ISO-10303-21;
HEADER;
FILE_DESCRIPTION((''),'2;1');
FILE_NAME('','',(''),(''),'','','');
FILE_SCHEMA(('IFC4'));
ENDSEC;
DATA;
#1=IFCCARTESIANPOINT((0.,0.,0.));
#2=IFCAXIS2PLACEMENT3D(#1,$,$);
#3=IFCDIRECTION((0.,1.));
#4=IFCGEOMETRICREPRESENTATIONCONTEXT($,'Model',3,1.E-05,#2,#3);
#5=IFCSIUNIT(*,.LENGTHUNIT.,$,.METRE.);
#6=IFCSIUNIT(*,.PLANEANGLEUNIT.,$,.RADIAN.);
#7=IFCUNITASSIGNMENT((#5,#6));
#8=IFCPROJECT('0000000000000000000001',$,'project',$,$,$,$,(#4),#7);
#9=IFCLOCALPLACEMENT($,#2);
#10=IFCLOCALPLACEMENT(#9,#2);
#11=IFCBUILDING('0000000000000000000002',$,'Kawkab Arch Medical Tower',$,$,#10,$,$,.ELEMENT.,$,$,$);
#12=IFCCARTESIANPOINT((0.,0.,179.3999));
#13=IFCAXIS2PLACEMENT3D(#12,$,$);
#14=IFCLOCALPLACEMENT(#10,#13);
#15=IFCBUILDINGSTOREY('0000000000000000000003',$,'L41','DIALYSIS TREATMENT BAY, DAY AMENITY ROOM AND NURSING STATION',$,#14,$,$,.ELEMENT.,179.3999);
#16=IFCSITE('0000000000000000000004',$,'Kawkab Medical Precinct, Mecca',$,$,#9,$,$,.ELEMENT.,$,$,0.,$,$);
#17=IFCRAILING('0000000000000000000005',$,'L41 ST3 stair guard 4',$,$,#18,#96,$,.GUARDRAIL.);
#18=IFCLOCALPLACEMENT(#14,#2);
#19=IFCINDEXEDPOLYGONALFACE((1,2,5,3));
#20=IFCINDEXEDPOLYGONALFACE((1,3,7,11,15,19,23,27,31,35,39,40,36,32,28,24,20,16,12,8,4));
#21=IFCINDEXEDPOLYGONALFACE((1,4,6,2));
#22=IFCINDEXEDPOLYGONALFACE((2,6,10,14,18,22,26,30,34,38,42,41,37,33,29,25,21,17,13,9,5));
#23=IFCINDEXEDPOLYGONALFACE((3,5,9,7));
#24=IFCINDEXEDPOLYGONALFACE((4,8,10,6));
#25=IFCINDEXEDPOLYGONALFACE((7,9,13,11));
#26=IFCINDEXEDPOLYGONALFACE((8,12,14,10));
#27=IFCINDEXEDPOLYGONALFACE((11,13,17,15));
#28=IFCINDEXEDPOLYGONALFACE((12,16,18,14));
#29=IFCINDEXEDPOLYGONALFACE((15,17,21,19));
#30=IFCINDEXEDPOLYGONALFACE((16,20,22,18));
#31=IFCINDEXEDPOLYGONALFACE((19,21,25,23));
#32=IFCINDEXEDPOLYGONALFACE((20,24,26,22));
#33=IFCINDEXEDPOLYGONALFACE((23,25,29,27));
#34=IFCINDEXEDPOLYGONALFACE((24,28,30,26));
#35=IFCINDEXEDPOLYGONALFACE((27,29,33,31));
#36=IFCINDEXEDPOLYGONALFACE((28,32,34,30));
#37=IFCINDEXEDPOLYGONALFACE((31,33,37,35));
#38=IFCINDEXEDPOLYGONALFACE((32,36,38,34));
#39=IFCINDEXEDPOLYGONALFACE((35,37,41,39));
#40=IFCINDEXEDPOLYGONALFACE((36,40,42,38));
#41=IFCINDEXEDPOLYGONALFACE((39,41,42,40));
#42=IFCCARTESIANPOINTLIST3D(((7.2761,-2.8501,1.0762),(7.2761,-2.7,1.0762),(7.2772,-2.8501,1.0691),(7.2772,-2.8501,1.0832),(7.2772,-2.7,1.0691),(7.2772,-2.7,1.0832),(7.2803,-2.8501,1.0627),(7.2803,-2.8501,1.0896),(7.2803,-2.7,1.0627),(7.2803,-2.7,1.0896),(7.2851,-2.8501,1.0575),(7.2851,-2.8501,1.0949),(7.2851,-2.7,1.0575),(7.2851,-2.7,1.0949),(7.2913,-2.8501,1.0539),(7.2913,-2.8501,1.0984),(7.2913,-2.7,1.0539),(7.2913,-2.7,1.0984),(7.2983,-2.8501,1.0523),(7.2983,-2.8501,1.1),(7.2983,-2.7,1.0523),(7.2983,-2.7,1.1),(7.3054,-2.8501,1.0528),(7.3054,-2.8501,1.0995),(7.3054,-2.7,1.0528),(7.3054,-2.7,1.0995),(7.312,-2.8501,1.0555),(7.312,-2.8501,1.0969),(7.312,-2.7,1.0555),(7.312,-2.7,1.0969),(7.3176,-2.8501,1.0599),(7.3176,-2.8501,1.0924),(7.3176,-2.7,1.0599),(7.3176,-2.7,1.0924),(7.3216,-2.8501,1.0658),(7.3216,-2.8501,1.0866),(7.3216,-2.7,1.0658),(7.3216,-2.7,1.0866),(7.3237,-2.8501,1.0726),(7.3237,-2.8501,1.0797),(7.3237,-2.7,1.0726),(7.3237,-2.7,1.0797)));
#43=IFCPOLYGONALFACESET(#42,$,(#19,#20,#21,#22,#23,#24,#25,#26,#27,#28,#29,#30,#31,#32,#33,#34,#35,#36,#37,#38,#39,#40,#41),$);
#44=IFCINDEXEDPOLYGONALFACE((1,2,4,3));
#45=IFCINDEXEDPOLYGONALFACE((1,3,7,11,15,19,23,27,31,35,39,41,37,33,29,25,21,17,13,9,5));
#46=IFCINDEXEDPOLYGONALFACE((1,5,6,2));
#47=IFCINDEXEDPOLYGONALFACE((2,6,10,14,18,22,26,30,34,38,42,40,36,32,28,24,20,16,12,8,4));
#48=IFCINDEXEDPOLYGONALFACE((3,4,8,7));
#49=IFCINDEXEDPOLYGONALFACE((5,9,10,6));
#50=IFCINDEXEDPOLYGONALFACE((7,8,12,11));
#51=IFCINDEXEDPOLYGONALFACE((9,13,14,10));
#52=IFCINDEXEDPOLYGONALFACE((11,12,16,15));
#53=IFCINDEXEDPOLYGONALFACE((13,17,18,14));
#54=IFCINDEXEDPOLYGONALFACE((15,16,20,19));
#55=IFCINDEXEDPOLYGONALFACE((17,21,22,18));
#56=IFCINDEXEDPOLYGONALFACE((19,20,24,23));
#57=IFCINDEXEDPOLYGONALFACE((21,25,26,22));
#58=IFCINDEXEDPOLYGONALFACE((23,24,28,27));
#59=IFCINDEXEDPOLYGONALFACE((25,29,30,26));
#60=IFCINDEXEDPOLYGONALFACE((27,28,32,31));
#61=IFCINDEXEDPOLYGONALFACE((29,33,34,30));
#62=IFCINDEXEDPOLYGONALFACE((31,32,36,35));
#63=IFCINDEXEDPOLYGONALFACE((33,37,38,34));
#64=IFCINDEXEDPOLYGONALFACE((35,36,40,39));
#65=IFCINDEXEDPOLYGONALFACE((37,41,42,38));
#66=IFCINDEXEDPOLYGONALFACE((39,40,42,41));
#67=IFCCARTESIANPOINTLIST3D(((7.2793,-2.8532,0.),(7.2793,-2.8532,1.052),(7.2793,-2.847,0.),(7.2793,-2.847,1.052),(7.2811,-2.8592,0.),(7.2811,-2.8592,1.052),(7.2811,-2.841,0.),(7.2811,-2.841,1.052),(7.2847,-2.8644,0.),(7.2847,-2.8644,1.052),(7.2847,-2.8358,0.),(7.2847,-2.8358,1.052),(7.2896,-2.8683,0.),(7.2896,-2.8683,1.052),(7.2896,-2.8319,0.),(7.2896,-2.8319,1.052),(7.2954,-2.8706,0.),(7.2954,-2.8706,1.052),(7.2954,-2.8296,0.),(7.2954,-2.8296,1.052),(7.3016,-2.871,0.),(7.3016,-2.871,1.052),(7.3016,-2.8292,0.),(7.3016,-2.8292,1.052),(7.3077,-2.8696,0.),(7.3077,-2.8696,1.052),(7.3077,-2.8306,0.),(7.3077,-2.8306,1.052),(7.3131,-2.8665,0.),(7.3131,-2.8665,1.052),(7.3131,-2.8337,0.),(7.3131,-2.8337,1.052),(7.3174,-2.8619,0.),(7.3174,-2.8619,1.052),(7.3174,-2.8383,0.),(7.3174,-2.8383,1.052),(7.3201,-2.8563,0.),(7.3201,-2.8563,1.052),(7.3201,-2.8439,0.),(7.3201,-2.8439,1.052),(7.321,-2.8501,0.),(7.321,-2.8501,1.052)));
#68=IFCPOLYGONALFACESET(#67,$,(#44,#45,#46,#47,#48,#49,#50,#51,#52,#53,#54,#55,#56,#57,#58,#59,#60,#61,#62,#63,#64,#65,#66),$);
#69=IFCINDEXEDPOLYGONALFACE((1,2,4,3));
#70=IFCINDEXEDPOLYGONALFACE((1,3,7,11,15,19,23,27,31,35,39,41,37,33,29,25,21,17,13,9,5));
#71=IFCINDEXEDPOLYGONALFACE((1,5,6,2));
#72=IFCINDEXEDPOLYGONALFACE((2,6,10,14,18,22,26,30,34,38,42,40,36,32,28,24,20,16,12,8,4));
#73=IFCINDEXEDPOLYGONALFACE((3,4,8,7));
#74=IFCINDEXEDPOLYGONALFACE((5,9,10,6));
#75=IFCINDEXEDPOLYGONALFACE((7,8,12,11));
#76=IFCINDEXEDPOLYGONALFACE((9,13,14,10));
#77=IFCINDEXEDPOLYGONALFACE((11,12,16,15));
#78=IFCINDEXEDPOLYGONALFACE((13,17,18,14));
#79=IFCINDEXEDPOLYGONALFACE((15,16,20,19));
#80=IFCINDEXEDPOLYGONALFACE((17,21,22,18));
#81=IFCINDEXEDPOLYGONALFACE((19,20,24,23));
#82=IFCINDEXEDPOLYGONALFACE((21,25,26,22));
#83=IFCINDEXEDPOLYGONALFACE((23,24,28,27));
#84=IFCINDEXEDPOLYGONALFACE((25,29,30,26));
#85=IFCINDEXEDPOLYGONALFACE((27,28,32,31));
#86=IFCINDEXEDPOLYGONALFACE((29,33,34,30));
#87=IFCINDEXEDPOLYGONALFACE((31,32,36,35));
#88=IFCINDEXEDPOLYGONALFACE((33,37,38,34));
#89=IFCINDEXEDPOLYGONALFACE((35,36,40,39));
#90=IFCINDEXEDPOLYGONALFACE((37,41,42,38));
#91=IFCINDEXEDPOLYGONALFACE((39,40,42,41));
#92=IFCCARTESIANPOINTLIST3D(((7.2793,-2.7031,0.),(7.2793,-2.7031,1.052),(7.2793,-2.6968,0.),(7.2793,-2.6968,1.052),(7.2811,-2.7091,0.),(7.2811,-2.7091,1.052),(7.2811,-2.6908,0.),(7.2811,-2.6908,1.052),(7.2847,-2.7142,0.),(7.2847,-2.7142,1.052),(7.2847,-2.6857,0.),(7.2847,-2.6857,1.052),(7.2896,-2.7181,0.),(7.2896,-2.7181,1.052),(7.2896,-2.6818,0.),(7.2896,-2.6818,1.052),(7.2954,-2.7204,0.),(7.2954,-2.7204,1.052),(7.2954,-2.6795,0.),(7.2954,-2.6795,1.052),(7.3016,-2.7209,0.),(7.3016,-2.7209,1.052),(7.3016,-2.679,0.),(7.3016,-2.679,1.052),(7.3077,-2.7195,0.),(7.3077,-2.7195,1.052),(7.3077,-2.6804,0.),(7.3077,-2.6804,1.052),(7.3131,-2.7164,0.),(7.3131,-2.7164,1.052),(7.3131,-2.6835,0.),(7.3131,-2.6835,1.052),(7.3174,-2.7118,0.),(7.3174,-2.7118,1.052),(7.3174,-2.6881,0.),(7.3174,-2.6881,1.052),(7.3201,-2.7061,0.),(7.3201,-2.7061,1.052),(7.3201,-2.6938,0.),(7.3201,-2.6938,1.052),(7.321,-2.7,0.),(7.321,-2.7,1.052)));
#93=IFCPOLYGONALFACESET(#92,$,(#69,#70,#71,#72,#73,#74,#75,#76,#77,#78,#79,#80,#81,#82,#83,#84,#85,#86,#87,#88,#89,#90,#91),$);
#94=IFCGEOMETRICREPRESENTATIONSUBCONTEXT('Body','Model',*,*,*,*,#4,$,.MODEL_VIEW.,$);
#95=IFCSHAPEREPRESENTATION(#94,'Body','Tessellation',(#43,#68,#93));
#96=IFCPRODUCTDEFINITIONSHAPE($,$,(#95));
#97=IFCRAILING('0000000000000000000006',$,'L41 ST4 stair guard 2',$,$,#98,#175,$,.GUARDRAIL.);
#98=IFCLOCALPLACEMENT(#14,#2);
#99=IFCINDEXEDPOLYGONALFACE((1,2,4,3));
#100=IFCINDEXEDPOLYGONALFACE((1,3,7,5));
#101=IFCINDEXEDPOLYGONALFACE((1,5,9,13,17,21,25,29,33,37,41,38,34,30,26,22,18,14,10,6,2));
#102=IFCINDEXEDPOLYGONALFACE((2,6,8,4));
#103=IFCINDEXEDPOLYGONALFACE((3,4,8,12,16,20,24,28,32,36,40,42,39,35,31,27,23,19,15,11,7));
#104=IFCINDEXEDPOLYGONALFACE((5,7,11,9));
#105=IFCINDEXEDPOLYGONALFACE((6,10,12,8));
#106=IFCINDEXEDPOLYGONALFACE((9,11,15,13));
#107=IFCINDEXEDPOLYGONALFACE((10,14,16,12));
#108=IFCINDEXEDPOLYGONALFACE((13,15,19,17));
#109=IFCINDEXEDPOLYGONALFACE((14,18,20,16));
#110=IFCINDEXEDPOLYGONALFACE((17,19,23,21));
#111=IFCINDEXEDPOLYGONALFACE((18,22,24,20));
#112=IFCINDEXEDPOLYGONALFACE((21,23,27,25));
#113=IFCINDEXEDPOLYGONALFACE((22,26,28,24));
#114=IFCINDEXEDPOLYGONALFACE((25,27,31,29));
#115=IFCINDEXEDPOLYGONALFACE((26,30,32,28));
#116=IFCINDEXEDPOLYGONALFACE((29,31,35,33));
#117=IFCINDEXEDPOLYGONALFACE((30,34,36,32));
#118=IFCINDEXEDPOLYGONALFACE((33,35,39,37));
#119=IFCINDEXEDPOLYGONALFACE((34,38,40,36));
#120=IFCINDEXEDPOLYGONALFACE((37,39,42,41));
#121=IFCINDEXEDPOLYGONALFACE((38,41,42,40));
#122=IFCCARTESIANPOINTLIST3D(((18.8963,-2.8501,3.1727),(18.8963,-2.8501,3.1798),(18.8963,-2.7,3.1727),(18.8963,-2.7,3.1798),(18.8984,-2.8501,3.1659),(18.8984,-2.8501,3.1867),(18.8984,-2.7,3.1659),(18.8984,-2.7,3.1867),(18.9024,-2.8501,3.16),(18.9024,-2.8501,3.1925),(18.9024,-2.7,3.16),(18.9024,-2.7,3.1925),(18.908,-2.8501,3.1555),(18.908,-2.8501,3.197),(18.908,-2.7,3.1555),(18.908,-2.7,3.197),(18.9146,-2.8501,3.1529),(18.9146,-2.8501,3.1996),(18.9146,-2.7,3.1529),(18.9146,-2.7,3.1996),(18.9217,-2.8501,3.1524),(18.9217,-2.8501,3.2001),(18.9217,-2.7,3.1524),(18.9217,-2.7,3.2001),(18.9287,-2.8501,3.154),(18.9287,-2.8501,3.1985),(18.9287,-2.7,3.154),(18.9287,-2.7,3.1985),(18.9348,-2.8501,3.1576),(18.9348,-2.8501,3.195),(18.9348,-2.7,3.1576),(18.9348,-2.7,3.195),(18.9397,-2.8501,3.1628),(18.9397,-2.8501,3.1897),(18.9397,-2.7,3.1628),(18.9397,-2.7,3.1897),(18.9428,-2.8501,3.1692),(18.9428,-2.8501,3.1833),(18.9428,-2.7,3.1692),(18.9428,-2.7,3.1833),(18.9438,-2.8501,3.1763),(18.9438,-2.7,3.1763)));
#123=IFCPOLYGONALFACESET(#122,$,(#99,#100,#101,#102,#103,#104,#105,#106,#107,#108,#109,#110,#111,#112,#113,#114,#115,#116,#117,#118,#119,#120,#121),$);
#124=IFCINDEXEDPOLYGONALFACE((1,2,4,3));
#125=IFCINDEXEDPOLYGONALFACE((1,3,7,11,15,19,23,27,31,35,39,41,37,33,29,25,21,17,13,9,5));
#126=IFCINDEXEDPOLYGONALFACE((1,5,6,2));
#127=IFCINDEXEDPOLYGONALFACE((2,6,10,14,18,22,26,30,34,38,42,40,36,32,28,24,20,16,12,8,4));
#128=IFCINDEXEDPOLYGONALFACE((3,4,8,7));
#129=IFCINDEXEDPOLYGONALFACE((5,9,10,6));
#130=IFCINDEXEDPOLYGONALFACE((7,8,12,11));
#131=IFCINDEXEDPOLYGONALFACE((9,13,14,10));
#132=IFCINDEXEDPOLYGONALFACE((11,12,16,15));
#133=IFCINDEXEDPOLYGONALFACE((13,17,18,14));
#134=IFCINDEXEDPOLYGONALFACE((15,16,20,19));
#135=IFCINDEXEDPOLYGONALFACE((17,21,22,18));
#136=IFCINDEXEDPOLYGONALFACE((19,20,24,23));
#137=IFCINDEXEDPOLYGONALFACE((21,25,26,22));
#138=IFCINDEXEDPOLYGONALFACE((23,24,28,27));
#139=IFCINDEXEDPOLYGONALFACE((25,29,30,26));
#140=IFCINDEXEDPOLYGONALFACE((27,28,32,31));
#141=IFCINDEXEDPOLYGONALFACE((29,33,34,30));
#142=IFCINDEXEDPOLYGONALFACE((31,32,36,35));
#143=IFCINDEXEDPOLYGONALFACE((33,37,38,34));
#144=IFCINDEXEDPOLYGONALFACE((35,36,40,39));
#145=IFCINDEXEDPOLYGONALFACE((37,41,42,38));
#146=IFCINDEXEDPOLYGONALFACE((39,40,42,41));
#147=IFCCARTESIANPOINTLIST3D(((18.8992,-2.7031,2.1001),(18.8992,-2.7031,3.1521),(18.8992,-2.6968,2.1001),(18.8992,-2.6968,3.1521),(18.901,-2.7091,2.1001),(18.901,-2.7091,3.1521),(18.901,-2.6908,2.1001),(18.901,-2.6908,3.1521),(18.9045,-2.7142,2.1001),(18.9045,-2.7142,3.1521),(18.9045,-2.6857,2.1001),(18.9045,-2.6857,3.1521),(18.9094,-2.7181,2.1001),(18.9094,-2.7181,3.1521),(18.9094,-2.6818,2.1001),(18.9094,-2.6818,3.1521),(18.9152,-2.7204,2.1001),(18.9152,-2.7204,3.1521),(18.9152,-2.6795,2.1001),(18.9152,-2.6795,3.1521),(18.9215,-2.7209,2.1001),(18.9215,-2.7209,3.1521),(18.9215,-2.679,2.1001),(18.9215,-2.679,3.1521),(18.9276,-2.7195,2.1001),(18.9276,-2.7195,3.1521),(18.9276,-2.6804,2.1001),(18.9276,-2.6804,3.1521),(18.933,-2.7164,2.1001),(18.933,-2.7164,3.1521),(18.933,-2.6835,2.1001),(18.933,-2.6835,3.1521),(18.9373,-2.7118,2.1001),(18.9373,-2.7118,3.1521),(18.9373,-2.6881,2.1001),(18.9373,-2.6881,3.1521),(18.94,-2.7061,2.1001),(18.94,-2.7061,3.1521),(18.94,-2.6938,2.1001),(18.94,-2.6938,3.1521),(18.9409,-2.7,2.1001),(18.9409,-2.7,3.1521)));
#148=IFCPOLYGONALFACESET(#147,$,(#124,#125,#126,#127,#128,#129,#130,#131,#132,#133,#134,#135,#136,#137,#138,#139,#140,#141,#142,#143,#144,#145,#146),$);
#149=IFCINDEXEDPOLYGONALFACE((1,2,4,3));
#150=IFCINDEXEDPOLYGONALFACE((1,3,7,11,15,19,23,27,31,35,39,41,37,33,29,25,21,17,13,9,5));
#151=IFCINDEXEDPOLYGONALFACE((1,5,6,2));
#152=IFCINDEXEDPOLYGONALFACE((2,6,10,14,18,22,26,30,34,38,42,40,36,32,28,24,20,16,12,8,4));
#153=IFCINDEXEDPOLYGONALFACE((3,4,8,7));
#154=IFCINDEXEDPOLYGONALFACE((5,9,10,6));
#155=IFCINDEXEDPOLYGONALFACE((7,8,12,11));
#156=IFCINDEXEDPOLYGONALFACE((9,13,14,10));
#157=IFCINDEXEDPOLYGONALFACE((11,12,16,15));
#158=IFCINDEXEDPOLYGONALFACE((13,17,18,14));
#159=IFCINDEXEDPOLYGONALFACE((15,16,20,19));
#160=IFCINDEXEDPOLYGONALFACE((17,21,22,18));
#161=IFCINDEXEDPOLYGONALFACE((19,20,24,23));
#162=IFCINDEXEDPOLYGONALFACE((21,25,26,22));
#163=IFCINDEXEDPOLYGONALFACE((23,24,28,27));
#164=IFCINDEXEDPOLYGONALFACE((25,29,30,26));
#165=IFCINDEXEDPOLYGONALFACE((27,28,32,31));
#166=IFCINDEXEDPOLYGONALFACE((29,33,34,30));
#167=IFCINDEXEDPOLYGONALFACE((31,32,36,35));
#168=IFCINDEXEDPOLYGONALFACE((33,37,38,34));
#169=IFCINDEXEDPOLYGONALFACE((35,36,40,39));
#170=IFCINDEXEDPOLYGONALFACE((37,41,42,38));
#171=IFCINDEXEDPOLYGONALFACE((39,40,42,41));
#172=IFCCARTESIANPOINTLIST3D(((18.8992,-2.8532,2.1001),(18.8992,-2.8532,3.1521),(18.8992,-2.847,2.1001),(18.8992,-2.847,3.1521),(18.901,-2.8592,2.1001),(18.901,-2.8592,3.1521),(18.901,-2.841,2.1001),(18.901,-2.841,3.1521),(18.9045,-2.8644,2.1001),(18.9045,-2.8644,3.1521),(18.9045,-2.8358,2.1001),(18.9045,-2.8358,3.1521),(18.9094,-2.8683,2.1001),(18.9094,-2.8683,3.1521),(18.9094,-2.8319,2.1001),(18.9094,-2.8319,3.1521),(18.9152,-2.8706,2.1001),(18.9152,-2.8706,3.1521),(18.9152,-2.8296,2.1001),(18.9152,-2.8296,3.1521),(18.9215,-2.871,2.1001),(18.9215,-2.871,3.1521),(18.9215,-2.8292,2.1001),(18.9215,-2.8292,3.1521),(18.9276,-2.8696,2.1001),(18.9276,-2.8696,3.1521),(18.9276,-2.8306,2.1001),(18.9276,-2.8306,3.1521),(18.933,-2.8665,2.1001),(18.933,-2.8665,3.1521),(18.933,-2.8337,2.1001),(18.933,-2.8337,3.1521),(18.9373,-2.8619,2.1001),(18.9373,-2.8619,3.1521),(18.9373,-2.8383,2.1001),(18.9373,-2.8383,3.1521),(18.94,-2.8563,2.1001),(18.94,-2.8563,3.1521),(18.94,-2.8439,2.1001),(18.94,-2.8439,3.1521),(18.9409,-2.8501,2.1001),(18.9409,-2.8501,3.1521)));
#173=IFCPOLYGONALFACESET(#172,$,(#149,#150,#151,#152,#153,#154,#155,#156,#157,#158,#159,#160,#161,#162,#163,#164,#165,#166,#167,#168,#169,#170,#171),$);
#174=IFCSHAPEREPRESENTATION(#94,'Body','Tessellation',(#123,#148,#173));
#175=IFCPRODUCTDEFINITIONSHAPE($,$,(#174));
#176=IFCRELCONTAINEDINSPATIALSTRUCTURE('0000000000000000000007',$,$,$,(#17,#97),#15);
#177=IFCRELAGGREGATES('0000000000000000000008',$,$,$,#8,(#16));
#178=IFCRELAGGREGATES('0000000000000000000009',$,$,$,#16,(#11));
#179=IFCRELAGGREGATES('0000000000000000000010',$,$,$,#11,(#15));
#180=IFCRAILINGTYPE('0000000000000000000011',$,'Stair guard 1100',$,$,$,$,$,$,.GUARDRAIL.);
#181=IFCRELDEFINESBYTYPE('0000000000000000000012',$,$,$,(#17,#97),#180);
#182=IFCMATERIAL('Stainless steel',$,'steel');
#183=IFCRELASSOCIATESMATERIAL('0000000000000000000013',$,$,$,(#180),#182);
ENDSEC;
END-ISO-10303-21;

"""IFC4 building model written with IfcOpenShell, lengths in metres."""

from ifc_helpers import new_model, si_unit, direction, frame, origin, origin_2d, place, context, subcontext, project, spatial, circle, extrude, material, type_object, element, save


model = new_model("IFC4")

# Units and contexts
model_context = context("Model", 3, precision=1e-05, world=origin(), true_north=direction((0.0, 1.0)))
body_context = subcontext(model_context, "Body", "Model", "MODEL_VIEW")
ifc_project = project(units=[si_unit("LENGTHUNIT", "METRE"), si_unit("PLANEANGLEUNIT", "RADIAN")], contexts=[model_context])

# Site, building, storey
site_placement = place(None, origin())
site = spatial("IfcSite", under=ifc_project, at=site_placement, Name="Kawkab Medical Precinct, Mecca", CompositionType="ELEMENT", RefElevation=0.0)
building_placement = place(site_placement, origin())
building = spatial("IfcBuilding", under=site, at=building_placement, Name="Kawkab Arch Medical Tower", CompositionType="ELEMENT")
storey_placement = place(building_placement, frame((0.0, 0.0, 179.3999)))
storey = spatial("IfcBuildingStorey", under=building, at=storey_placement, Name="L41", Description="DIALYSIS TREATMENT BAY, DAY AMENITY ROOM AND NURSING STATION", CompositionType="ELEMENT", Elevation=179.3999)

# Railings
ifc_material_1 = material(Name="Stainless steel", Category="steel")
railing_type_1 = type_object("IfcRailingType", Name="Stair guard 1100", PredefinedType="GUARDRAIL", material=ifc_material_1)
railing_1_placement = place(storey_placement, frame((7.3, -2.8501, 0.0)))
element("IfcRailing", 1, at=railing_1_placement, inside=storey, type_object=railing_type_1, Name="L41 ST3 stair guard 4", PredefinedType="GUARDRAIL", context=body_context, shape_type="SweptSolid", body=[
    extrude(circle(Radius=0.0239, at=origin_2d()), frame((0.0, 0.0, 1.0762), z_axis=(0.0, 1.0, 0.0), x_axis=(-1.0, 0.0, 0.0)), (0.0, 0.0, 1.0), 0.1501),
    extrude(circle(Radius=0.021, at=origin_2d()), origin(), (0.0, 0.0, 1.0), 1.052),
    extrude(circle(Radius=0.021, at=origin_2d()), frame((0.0, 0.1501, 0.0)), (0.0, 0.0, 1.0), 1.052),
])
railing_2_placement = place(storey_placement, frame((18.9199, -2.7, 2.1001)))
element("IfcRailing", 2, at=railing_2_placement, inside=storey, type_object=railing_type_1, Name="L41 ST4 stair guard 2", PredefinedType="GUARDRAIL", context=body_context, shape_type="SweptSolid", body=[
    extrude(circle(Radius=0.0239, at=origin_2d()), frame((0.0, 0.0, 1.0762), z_axis=(0.0, -1.0, 0.0), x_axis=(1.0, 0.0, 0.0)), (0.0, 0.0, 1.0), 0.1501),
    extrude(circle(Radius=0.021, at=origin_2d()), origin(), (0.0, 0.0, 1.0), 1.052),
    extrude(circle(Radius=0.021, at=origin_2d()), frame((0.0, -0.1501, 0.0)), (0.0, 0.0, 1.0), 1.052),
])

save(model, "model.ifc")
